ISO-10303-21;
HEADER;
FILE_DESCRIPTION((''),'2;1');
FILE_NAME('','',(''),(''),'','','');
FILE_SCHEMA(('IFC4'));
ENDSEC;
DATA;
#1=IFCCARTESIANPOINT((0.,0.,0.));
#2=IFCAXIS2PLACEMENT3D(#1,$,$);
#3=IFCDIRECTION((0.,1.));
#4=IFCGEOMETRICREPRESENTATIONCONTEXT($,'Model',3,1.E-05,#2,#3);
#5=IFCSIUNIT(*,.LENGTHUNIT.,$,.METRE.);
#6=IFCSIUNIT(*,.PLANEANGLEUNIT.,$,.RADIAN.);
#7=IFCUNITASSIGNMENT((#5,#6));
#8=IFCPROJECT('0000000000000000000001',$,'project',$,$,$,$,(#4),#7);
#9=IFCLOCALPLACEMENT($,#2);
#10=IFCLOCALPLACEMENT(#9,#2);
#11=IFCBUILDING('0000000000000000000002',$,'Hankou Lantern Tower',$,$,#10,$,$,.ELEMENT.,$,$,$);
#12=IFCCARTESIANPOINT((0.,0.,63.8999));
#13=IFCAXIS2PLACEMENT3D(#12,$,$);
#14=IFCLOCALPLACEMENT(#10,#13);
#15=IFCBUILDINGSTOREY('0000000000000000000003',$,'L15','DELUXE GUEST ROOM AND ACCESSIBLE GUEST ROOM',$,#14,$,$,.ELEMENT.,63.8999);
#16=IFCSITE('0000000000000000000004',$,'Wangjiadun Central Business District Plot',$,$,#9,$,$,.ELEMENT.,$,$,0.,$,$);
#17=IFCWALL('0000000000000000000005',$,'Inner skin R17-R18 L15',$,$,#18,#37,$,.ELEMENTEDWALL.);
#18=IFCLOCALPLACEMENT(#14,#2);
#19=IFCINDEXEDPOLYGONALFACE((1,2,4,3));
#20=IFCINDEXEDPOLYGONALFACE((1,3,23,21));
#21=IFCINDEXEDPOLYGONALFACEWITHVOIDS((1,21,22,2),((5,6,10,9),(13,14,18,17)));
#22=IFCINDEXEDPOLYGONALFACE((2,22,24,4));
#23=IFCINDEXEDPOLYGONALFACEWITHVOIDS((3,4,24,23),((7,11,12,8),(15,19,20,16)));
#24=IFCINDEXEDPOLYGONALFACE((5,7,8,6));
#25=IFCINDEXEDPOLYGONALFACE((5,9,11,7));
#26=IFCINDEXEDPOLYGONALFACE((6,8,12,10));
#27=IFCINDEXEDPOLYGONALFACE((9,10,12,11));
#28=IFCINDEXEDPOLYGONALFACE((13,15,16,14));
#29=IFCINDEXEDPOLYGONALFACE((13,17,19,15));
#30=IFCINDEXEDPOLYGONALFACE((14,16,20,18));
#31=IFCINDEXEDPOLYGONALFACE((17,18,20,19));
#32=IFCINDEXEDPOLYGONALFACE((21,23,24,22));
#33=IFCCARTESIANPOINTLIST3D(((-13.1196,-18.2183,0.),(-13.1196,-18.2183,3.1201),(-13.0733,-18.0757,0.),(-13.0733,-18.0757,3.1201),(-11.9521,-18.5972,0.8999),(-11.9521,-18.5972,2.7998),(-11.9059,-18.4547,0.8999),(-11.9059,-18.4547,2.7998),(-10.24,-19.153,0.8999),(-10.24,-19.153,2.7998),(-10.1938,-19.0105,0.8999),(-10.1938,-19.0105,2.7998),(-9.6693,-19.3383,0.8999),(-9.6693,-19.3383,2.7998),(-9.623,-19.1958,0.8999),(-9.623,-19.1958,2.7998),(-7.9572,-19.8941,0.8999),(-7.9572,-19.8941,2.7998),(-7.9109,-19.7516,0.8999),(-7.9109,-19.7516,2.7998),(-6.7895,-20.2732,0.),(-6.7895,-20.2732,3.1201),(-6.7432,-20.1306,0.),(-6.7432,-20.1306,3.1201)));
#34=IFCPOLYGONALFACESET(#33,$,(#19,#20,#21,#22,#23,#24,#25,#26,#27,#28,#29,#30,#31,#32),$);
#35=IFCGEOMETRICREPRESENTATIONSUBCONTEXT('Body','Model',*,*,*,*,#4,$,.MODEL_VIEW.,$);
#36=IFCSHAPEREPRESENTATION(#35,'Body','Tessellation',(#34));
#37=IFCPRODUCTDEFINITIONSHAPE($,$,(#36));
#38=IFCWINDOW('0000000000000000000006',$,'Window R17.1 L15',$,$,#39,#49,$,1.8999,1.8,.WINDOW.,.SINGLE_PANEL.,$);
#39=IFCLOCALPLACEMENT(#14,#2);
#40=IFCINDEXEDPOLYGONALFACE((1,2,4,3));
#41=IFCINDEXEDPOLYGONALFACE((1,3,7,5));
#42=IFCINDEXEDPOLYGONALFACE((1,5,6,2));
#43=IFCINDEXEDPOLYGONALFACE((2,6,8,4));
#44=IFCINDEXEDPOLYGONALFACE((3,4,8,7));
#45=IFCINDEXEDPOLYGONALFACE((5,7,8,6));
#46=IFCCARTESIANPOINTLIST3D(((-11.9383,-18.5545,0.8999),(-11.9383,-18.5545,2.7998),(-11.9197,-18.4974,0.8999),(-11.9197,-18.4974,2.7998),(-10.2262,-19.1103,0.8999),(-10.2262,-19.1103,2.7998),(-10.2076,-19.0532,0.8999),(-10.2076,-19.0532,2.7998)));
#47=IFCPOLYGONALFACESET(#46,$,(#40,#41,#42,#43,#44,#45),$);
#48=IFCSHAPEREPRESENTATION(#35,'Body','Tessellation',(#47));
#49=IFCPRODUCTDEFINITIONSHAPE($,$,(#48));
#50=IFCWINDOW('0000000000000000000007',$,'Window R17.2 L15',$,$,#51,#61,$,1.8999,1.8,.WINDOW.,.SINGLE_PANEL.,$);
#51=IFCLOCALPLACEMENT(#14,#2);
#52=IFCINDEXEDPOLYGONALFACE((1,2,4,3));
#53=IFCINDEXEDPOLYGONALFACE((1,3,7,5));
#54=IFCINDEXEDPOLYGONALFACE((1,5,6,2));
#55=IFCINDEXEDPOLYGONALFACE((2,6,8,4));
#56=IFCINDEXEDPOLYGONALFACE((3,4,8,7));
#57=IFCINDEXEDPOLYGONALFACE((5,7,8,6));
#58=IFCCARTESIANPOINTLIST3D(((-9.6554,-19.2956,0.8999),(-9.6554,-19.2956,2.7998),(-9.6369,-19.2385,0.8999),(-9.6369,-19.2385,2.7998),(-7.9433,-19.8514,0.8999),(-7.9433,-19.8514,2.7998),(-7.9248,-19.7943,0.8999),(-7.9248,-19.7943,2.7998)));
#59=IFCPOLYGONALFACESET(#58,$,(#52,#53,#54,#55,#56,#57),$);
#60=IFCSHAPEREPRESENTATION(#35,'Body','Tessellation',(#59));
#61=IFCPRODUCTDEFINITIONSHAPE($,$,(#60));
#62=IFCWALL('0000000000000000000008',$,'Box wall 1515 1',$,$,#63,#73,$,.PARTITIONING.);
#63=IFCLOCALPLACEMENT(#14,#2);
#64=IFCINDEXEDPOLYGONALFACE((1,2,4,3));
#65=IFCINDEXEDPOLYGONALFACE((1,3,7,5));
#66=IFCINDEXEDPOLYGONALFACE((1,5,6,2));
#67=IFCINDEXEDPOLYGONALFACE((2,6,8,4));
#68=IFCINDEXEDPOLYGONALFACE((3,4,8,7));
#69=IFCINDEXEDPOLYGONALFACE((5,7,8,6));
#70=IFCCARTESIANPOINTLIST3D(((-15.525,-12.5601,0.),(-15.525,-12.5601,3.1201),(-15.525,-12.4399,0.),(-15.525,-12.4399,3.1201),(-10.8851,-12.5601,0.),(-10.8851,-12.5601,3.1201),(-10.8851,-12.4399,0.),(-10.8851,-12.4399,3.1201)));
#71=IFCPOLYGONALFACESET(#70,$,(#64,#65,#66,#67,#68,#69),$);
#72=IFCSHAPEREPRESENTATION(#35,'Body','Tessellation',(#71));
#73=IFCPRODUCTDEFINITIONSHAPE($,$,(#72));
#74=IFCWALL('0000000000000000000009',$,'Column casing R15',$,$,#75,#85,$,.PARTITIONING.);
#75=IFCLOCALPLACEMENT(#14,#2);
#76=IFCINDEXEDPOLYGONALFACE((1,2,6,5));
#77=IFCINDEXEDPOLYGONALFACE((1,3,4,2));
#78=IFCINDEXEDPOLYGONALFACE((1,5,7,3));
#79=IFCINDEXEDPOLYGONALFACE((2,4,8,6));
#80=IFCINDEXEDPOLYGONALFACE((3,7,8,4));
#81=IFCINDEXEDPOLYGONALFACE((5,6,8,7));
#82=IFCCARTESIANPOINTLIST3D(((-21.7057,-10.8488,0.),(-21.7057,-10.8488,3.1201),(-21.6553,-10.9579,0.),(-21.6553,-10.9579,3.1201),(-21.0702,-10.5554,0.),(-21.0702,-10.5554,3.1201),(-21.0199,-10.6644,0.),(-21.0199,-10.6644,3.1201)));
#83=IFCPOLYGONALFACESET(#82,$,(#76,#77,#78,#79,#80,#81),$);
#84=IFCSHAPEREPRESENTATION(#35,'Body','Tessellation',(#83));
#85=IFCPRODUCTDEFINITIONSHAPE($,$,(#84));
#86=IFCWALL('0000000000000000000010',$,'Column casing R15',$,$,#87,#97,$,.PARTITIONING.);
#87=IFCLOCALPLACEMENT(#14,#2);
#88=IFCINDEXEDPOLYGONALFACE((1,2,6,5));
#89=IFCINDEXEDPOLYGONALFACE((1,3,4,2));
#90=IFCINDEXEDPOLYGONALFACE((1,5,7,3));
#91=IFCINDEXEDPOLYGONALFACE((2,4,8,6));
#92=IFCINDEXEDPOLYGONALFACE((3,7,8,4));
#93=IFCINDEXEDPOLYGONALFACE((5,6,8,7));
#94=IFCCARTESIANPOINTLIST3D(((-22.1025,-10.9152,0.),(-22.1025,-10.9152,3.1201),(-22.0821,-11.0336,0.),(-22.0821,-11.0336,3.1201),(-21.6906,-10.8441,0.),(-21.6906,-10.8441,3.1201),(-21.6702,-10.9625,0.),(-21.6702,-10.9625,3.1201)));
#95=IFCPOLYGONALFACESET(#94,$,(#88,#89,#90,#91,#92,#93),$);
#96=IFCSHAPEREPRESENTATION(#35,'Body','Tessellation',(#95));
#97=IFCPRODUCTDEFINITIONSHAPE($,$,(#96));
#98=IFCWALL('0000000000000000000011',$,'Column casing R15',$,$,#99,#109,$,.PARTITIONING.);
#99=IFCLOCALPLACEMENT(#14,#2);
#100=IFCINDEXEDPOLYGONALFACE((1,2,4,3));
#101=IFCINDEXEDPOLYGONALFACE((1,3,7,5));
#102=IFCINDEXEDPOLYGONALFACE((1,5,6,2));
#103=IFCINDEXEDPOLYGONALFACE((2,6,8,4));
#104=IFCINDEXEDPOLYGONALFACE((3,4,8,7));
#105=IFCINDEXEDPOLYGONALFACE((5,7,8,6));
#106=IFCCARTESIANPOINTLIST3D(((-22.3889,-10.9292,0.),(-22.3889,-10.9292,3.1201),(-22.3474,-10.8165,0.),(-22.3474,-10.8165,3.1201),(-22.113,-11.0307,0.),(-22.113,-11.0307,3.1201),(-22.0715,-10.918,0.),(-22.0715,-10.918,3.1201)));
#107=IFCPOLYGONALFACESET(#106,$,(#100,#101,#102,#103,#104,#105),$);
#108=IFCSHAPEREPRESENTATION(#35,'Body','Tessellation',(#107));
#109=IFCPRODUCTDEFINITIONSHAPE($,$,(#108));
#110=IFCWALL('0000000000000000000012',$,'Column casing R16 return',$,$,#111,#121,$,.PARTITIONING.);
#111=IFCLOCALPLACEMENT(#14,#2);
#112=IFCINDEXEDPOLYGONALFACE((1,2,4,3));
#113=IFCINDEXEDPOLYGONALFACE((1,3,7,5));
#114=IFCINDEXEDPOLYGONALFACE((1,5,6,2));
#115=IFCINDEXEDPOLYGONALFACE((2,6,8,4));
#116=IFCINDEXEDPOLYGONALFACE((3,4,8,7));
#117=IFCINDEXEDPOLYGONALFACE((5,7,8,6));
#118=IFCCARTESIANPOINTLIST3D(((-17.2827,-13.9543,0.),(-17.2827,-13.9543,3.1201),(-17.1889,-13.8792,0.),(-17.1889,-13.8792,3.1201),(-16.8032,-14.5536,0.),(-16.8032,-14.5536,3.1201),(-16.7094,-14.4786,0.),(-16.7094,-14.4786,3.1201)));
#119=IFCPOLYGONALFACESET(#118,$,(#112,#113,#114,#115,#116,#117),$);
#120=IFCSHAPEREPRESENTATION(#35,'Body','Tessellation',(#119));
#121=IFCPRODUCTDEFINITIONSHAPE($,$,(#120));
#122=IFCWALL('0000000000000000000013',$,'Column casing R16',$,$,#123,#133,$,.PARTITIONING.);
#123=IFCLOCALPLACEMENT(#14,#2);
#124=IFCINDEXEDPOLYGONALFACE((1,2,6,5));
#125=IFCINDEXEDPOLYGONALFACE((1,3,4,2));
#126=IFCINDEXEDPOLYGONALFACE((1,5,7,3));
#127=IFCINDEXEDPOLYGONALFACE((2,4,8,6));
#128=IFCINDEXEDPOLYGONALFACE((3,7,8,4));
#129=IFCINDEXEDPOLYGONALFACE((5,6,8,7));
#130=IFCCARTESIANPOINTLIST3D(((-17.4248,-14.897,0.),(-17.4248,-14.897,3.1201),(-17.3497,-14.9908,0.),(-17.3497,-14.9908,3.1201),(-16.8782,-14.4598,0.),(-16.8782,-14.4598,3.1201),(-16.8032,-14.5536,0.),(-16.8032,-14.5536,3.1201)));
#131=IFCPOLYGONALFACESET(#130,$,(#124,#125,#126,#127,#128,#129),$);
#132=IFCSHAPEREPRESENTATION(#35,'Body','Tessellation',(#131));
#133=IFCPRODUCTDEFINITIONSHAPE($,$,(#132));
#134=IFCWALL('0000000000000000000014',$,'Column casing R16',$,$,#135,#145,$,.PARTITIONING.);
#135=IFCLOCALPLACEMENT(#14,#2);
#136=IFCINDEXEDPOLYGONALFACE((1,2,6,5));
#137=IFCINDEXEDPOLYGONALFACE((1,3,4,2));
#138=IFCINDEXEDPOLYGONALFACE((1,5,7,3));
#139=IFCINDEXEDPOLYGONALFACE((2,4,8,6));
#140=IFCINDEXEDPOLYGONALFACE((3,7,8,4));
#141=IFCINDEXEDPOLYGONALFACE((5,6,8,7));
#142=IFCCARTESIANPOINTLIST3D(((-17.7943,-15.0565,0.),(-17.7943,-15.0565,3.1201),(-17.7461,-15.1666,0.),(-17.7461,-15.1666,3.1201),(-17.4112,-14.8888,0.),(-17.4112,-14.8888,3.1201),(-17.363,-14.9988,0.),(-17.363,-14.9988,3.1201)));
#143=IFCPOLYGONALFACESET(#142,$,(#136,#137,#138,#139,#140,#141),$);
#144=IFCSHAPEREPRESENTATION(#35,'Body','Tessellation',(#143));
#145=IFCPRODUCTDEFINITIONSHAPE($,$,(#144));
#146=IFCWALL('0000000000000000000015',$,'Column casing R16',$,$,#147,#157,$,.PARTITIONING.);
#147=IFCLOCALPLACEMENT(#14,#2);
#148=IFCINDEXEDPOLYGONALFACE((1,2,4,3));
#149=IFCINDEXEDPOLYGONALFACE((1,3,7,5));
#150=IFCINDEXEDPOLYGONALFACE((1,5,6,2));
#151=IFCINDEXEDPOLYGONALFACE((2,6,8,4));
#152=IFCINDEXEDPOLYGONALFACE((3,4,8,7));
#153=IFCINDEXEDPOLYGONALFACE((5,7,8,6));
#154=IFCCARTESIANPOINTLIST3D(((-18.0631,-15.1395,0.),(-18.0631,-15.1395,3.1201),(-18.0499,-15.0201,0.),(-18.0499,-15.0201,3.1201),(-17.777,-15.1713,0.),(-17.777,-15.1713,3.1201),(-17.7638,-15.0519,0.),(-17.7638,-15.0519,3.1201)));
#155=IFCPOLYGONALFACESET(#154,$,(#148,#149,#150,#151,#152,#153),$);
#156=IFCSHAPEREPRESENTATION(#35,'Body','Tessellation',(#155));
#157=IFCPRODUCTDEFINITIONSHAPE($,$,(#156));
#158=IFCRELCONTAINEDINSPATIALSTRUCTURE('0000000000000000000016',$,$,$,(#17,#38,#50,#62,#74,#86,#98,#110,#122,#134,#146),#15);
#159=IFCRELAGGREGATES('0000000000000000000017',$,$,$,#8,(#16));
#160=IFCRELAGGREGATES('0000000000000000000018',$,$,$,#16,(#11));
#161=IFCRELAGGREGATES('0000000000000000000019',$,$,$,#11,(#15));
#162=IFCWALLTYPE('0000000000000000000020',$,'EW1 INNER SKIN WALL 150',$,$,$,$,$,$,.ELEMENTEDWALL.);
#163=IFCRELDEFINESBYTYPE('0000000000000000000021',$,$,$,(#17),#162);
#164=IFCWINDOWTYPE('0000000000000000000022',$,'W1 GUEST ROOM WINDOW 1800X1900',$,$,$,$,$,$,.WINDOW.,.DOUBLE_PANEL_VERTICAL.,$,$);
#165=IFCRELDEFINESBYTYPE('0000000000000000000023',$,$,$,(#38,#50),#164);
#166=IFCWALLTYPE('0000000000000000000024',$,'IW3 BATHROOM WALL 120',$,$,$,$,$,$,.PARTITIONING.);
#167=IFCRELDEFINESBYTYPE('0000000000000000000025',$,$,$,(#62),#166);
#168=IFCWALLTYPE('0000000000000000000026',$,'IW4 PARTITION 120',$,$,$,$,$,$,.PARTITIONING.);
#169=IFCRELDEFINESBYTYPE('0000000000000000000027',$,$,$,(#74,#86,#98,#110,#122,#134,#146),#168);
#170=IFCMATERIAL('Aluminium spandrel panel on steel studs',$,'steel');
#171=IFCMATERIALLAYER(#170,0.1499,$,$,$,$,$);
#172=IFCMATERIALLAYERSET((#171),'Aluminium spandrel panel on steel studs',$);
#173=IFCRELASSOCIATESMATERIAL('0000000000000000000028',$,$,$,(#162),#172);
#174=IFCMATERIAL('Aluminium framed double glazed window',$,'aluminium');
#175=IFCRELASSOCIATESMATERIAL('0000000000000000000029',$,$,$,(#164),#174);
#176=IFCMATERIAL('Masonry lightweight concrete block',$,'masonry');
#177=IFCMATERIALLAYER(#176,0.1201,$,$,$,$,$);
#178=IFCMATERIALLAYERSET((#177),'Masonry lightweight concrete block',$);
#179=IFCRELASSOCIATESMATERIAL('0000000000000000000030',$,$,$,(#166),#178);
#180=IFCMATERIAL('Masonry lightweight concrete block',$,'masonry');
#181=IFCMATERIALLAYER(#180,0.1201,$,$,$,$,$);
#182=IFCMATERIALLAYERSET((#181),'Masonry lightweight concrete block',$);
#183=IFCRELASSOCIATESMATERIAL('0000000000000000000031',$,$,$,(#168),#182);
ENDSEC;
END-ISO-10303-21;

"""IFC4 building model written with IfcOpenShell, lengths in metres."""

from ifc_helpers import new_model, si_unit, direction, frame, frame_2d, origin, place, context, subcontext, project, spatial, rectangle, extrude, material, layer, layer_set, type_object, element, fill, save


model = new_model("IFC4")

# Units and contexts
model_context = context("Model", 3, precision=1e-05, world=origin(), true_north=direction((0.0, 1.0)))
body_context = subcontext(model_context, "Body", "Model", "MODEL_VIEW")
ifc_project = project(units=[si_unit("LENGTHUNIT", "METRE"), si_unit("PLANEANGLEUNIT", "RADIAN")], contexts=[model_context])

# Site, building, storey
site_placement = place(None, origin())
site = spatial("IfcSite", under=ifc_project, at=site_placement, Name="Wangjiadun Central Business District Plot", CompositionType="ELEMENT", RefElevation=0.0)
building_placement = place(site_placement, origin())
building = spatial("IfcBuilding", under=site, at=building_placement, Name="Hankou Lantern Tower", CompositionType="ELEMENT")
storey_placement = place(building_placement, frame((0.0, 0.0, 63.8999)))
storey = spatial("IfcBuildingStorey", under=building, at=storey_placement, Name="L15", Description="DELUXE GUEST ROOM AND ACCESSIBLE GUEST ROOM", CompositionType="ELEMENT", Elevation=63.8999)

# Wall, openings, windows
ifc_material_1 = material(Name="Aluminium spandrel panel on steel studs", Category="steel")
ifc_layer_1 = layer(ifc_material_1, 0.1499)
ifc_layer_set_1 = layer_set([ifc_layer_1], Name="Aluminium spandrel panel on steel studs")
wall_type_1 = type_object("IfcWallType", Name="EW1 INNER SKIN WALL 150", PredefinedType="ELEMENTEDWALL", material=ifc_layer_set_1)
ifc_material_2 = material(Name="Aluminium framed double glazed window", Category="aluminium")
window_type = type_object("IfcWindowType", Name="W1 GUEST ROOM WINDOW 1800X1900", PartitioningType="DOUBLE_PANEL_VERTICAL", PredefinedType="WINDOW", material=ifc_material_2)
wall_1_placement = place(storey_placement, frame((-13.0964, -18.147, 0.0), z_axis=(0.0, 0.0, 1.0), x_axis=(0.951138, -0.308768, 0.0)))
wall_1 = element("IfcWall", 1, at=wall_1_placement, inside=storey, type_object=wall_type_1, Name="Inner skin R17-R18 L15", PredefinedType="ELEMENTEDWALL", context=body_context, shape_type="SweptSolid", body=[
    extrude(rectangle(XDim=6.6553, YDim=0.1499, at=frame_2d((3.3276, 0.0))), origin(), (0.0, 0.0, 1.0), 3.1201),
])
opening_1_placement = place(wall_1_placement, frame((1.2275, 0.0, 0.8999)))
opening_1 = element("IfcOpeningElement", 2, at=opening_1_placement, cuts=wall_1, PredefinedType="OPENING", context=body_context, shape_type="SweptSolid", body=[
    extrude(rectangle(XDim=1.8, YDim=1.8999, at=frame_2d((0.8999, 0.95))), frame((0.0, 0.085, 0.0), z_axis=(0.0, -1.0, 0.0), x_axis=(1.0, 0.0, 0.0)), (0.0, 0.0, 1.0), 0.1699),
])
opening_2_placement = place(wall_1_placement, frame((3.6277, 0.0, 0.8999)))
opening_2 = element("IfcOpeningElement", 3, at=opening_2_placement, cuts=wall_1, PredefinedType="OPENING", context=body_context, shape_type="SweptSolid", body=[
    extrude(rectangle(XDim=1.8, YDim=1.8999, at=frame_2d((0.8999, 0.95))), frame((0.0, 0.085, 0.0), z_axis=(0.0, -1.0, 0.0), x_axis=(1.0, 0.0, 0.0)), (0.0, 0.0, 1.0), 0.1699),
])
window_1_placement = place(opening_1_placement, origin())
window_1 = element("IfcWindow", 4, at=window_1_placement, inside=storey, type_object=window_type, Name="Window R17.1 L15", OverallHeight=1.8999, OverallWidth=1.8, PartitioningType="SINGLE_PANEL", PredefinedType="WINDOW", context=body_context, shape_type="SweptSolid", body=[
    extrude(rectangle(XDim=1.8, YDim=1.8999, at=frame_2d((0.8999, 0.95))), frame((0.0, 0.03, 0.0), z_axis=(0.0, -1.0, 0.0), x_axis=(1.0, 0.0, 0.0)), (0.0, 0.0, 1.0), 0.0601),
])
fill(opening_1, window_1)
window_2_placement = place(opening_2_placement, origin())
window_2 = element("IfcWindow", 5, at=window_2_placement, inside=storey, type_object=window_type, Name="Window R17.2 L15", OverallHeight=1.8999, OverallWidth=1.8, PartitioningType="SINGLE_PANEL", PredefinedType="WINDOW", context=body_context, shape_type="SweptSolid", body=[
    extrude(rectangle(XDim=1.8, YDim=1.8999, at=frame_2d((0.8999, 0.95))), frame((0.0, 0.03, 0.0), z_axis=(0.0, -1.0, 0.0), x_axis=(1.0, 0.0, 0.0)), (0.0, 0.0, 1.0), 0.0601),
])
fill(opening_2, window_2)

# Walls
ifc_material_3 = material(Name="Masonry lightweight concrete block", Category="masonry")
ifc_layer_2 = layer(ifc_material_3, 0.1201)
ifc_layer_set_2 = layer_set([ifc_layer_2], Name="Masonry lightweight concrete block")
wall_type_2 = type_object("IfcWallType", Name="IW3 BATHROOM WALL 120", PredefinedType="PARTITIONING", material=ifc_layer_set_2)
wall_2_placement = place(storey_placement, frame((-15.5249, -12.5, 0.0), z_axis=(0.0, 0.0, 1.0), x_axis=(1.0, 0.0, 0.0)))
element("IfcWall", 6, at=wall_2_placement, inside=storey, type_object=wall_type_2, Name="Box wall 1515 1", PredefinedType="PARTITIONING", context=body_context, shape_type="SweptSolid", body=[
    extrude(rectangle(XDim=4.6399, YDim=0.1201, at=frame_2d((2.3198, 0.0))), origin(), (0.0, 0.0, 1.0), 3.1201),
])
ifc_material_4 = material(Name="Masonry lightweight concrete block", Category="masonry")
ifc_layer_3 = layer(ifc_material_4, 0.1201)
ifc_layer_set_3 = layer_set([ifc_layer_3], Name="Masonry lightweight concrete block")
wall_type_3 = type_object("IfcWallType", Name="IW4 PARTITION 120", PredefinedType="PARTITIONING", material=ifc_layer_set_3)
wall_3_placement = place(storey_placement, frame((-21.0449, -10.6099, 0.0), z_axis=(0.0, 0.0, 1.0), x_axis=(-0.907878, -0.419235, 0.0)))
element("IfcWall", 7, at=wall_3_placement, inside=storey, type_object=wall_type_3, Name="Column casing R15", PredefinedType="PARTITIONING", context=body_context, shape_type="SweptSolid", body=[
    extrude(rectangle(XDim=0.7, YDim=0.1201, at=frame_2d((0.3501, 0.0))), origin(), (0.0, 0.0, 1.0), 3.1201),
])
wall_4_placement = place(storey_placement, frame((-21.6804, -10.9033, 0.0), z_axis=(0.0, 0.0, 1.0), x_axis=(-0.985447, -0.169985, 0.0)))
element("IfcWall", 8, at=wall_4_placement, inside=storey, type_object=wall_type_3, Name="Column casing R15", PredefinedType="PARTITIONING", context=body_context, shape_type="SweptSolid", body=[
    extrude(rectangle(XDim=0.418, YDim=0.1201, at=frame_2d((0.209, 0.0))), origin(), (0.0, 0.0, 1.0), 3.1201),
])
wall_5_placement = place(storey_placement, frame((-22.0923, -10.9744, 0.0), z_axis=(0.0, 0.0, 1.0), x_axis=(-0.938428, 0.345474, 0.0)))
element("IfcWall", 9, at=wall_5_placement, inside=storey, type_object=wall_type_3, Name="Column casing R15", PredefinedType="PARTITIONING", context=body_context, shape_type="SweptSolid", body=[
    extrude(rectangle(XDim=0.2939, YDim=0.1201, at=frame_2d((0.147, 0.0))), origin(), (0.0, 0.0, 1.0), 3.1201),
])
wall_6_placement = place(storey_placement, frame((-17.2358, -13.9167, 0.0), z_axis=(0.0, 0.0, 1.0), x_axis=(0.624695, -0.780869, 0.0)))
element("IfcWall", 10, at=wall_6_placement, inside=storey, type_object=wall_type_3, Name="Column casing R16 return", PredefinedType="PARTITIONING", context=body_context, shape_type="SweptSolid", body=[
    extrude(rectangle(XDim=0.7676, YDim=0.1201, at=frame_2d((0.3838, 0.0))), origin(), (0.0, 0.0, 1.0), 3.1201),
])
wall_7_placement = place(storey_placement, frame((-16.8406, -14.5066, 0.0), z_axis=(0.0, 0.0, 1.0), x_axis=(-0.780903, -0.624653, 0.0)))
element("IfcWall", 11, at=wall_7_placement, inside=storey, type_object=wall_type_3, Name="Column casing R16", PredefinedType="PARTITIONING", context=body_context, shape_type="SweptSolid", body=[
    extrude(rectangle(XDim=0.7, YDim=0.1201, at=frame_2d((0.3501, 0.0))), origin(), (0.0, 0.0, 1.0), 3.1201),
])
wall_8_placement = place(storey_placement, frame((-17.3872, -14.9438, 0.0), z_axis=(0.0, 0.0, 1.0), x_axis=(-0.916037, -0.401094, 0.0)))
element("IfcWall", 12, at=wall_8_placement, inside=storey, type_object=wall_type_3, Name="Column casing R16", PredefinedType="PARTITIONING", context=body_context, shape_type="SweptSolid", body=[
    extrude(rectangle(XDim=0.4182, YDim=0.1201, at=frame_2d((0.209, 0.0))), origin(), (0.0, 0.0, 1.0), 3.1201),
])
wall_9_placement = place(storey_placement, frame((-17.7703, -15.1116, 0.0), z_axis=(0.0, 0.0, 1.0), x_axis=(-0.993904, 0.110245, 0.0)))
element("IfcWall", 13, at=wall_9_placement, inside=storey, type_object=wall_type_3, Name="Column casing R16", PredefinedType="PARTITIONING", context=body_context, shape_type="SweptSolid", body=[
    extrude(rectangle(XDim=0.2878, YDim=0.1201, at=frame_2d((0.144, 0.0))), origin(), (0.0, 0.0, 1.0), 3.1201),
])

save(model, "model.ifc")
